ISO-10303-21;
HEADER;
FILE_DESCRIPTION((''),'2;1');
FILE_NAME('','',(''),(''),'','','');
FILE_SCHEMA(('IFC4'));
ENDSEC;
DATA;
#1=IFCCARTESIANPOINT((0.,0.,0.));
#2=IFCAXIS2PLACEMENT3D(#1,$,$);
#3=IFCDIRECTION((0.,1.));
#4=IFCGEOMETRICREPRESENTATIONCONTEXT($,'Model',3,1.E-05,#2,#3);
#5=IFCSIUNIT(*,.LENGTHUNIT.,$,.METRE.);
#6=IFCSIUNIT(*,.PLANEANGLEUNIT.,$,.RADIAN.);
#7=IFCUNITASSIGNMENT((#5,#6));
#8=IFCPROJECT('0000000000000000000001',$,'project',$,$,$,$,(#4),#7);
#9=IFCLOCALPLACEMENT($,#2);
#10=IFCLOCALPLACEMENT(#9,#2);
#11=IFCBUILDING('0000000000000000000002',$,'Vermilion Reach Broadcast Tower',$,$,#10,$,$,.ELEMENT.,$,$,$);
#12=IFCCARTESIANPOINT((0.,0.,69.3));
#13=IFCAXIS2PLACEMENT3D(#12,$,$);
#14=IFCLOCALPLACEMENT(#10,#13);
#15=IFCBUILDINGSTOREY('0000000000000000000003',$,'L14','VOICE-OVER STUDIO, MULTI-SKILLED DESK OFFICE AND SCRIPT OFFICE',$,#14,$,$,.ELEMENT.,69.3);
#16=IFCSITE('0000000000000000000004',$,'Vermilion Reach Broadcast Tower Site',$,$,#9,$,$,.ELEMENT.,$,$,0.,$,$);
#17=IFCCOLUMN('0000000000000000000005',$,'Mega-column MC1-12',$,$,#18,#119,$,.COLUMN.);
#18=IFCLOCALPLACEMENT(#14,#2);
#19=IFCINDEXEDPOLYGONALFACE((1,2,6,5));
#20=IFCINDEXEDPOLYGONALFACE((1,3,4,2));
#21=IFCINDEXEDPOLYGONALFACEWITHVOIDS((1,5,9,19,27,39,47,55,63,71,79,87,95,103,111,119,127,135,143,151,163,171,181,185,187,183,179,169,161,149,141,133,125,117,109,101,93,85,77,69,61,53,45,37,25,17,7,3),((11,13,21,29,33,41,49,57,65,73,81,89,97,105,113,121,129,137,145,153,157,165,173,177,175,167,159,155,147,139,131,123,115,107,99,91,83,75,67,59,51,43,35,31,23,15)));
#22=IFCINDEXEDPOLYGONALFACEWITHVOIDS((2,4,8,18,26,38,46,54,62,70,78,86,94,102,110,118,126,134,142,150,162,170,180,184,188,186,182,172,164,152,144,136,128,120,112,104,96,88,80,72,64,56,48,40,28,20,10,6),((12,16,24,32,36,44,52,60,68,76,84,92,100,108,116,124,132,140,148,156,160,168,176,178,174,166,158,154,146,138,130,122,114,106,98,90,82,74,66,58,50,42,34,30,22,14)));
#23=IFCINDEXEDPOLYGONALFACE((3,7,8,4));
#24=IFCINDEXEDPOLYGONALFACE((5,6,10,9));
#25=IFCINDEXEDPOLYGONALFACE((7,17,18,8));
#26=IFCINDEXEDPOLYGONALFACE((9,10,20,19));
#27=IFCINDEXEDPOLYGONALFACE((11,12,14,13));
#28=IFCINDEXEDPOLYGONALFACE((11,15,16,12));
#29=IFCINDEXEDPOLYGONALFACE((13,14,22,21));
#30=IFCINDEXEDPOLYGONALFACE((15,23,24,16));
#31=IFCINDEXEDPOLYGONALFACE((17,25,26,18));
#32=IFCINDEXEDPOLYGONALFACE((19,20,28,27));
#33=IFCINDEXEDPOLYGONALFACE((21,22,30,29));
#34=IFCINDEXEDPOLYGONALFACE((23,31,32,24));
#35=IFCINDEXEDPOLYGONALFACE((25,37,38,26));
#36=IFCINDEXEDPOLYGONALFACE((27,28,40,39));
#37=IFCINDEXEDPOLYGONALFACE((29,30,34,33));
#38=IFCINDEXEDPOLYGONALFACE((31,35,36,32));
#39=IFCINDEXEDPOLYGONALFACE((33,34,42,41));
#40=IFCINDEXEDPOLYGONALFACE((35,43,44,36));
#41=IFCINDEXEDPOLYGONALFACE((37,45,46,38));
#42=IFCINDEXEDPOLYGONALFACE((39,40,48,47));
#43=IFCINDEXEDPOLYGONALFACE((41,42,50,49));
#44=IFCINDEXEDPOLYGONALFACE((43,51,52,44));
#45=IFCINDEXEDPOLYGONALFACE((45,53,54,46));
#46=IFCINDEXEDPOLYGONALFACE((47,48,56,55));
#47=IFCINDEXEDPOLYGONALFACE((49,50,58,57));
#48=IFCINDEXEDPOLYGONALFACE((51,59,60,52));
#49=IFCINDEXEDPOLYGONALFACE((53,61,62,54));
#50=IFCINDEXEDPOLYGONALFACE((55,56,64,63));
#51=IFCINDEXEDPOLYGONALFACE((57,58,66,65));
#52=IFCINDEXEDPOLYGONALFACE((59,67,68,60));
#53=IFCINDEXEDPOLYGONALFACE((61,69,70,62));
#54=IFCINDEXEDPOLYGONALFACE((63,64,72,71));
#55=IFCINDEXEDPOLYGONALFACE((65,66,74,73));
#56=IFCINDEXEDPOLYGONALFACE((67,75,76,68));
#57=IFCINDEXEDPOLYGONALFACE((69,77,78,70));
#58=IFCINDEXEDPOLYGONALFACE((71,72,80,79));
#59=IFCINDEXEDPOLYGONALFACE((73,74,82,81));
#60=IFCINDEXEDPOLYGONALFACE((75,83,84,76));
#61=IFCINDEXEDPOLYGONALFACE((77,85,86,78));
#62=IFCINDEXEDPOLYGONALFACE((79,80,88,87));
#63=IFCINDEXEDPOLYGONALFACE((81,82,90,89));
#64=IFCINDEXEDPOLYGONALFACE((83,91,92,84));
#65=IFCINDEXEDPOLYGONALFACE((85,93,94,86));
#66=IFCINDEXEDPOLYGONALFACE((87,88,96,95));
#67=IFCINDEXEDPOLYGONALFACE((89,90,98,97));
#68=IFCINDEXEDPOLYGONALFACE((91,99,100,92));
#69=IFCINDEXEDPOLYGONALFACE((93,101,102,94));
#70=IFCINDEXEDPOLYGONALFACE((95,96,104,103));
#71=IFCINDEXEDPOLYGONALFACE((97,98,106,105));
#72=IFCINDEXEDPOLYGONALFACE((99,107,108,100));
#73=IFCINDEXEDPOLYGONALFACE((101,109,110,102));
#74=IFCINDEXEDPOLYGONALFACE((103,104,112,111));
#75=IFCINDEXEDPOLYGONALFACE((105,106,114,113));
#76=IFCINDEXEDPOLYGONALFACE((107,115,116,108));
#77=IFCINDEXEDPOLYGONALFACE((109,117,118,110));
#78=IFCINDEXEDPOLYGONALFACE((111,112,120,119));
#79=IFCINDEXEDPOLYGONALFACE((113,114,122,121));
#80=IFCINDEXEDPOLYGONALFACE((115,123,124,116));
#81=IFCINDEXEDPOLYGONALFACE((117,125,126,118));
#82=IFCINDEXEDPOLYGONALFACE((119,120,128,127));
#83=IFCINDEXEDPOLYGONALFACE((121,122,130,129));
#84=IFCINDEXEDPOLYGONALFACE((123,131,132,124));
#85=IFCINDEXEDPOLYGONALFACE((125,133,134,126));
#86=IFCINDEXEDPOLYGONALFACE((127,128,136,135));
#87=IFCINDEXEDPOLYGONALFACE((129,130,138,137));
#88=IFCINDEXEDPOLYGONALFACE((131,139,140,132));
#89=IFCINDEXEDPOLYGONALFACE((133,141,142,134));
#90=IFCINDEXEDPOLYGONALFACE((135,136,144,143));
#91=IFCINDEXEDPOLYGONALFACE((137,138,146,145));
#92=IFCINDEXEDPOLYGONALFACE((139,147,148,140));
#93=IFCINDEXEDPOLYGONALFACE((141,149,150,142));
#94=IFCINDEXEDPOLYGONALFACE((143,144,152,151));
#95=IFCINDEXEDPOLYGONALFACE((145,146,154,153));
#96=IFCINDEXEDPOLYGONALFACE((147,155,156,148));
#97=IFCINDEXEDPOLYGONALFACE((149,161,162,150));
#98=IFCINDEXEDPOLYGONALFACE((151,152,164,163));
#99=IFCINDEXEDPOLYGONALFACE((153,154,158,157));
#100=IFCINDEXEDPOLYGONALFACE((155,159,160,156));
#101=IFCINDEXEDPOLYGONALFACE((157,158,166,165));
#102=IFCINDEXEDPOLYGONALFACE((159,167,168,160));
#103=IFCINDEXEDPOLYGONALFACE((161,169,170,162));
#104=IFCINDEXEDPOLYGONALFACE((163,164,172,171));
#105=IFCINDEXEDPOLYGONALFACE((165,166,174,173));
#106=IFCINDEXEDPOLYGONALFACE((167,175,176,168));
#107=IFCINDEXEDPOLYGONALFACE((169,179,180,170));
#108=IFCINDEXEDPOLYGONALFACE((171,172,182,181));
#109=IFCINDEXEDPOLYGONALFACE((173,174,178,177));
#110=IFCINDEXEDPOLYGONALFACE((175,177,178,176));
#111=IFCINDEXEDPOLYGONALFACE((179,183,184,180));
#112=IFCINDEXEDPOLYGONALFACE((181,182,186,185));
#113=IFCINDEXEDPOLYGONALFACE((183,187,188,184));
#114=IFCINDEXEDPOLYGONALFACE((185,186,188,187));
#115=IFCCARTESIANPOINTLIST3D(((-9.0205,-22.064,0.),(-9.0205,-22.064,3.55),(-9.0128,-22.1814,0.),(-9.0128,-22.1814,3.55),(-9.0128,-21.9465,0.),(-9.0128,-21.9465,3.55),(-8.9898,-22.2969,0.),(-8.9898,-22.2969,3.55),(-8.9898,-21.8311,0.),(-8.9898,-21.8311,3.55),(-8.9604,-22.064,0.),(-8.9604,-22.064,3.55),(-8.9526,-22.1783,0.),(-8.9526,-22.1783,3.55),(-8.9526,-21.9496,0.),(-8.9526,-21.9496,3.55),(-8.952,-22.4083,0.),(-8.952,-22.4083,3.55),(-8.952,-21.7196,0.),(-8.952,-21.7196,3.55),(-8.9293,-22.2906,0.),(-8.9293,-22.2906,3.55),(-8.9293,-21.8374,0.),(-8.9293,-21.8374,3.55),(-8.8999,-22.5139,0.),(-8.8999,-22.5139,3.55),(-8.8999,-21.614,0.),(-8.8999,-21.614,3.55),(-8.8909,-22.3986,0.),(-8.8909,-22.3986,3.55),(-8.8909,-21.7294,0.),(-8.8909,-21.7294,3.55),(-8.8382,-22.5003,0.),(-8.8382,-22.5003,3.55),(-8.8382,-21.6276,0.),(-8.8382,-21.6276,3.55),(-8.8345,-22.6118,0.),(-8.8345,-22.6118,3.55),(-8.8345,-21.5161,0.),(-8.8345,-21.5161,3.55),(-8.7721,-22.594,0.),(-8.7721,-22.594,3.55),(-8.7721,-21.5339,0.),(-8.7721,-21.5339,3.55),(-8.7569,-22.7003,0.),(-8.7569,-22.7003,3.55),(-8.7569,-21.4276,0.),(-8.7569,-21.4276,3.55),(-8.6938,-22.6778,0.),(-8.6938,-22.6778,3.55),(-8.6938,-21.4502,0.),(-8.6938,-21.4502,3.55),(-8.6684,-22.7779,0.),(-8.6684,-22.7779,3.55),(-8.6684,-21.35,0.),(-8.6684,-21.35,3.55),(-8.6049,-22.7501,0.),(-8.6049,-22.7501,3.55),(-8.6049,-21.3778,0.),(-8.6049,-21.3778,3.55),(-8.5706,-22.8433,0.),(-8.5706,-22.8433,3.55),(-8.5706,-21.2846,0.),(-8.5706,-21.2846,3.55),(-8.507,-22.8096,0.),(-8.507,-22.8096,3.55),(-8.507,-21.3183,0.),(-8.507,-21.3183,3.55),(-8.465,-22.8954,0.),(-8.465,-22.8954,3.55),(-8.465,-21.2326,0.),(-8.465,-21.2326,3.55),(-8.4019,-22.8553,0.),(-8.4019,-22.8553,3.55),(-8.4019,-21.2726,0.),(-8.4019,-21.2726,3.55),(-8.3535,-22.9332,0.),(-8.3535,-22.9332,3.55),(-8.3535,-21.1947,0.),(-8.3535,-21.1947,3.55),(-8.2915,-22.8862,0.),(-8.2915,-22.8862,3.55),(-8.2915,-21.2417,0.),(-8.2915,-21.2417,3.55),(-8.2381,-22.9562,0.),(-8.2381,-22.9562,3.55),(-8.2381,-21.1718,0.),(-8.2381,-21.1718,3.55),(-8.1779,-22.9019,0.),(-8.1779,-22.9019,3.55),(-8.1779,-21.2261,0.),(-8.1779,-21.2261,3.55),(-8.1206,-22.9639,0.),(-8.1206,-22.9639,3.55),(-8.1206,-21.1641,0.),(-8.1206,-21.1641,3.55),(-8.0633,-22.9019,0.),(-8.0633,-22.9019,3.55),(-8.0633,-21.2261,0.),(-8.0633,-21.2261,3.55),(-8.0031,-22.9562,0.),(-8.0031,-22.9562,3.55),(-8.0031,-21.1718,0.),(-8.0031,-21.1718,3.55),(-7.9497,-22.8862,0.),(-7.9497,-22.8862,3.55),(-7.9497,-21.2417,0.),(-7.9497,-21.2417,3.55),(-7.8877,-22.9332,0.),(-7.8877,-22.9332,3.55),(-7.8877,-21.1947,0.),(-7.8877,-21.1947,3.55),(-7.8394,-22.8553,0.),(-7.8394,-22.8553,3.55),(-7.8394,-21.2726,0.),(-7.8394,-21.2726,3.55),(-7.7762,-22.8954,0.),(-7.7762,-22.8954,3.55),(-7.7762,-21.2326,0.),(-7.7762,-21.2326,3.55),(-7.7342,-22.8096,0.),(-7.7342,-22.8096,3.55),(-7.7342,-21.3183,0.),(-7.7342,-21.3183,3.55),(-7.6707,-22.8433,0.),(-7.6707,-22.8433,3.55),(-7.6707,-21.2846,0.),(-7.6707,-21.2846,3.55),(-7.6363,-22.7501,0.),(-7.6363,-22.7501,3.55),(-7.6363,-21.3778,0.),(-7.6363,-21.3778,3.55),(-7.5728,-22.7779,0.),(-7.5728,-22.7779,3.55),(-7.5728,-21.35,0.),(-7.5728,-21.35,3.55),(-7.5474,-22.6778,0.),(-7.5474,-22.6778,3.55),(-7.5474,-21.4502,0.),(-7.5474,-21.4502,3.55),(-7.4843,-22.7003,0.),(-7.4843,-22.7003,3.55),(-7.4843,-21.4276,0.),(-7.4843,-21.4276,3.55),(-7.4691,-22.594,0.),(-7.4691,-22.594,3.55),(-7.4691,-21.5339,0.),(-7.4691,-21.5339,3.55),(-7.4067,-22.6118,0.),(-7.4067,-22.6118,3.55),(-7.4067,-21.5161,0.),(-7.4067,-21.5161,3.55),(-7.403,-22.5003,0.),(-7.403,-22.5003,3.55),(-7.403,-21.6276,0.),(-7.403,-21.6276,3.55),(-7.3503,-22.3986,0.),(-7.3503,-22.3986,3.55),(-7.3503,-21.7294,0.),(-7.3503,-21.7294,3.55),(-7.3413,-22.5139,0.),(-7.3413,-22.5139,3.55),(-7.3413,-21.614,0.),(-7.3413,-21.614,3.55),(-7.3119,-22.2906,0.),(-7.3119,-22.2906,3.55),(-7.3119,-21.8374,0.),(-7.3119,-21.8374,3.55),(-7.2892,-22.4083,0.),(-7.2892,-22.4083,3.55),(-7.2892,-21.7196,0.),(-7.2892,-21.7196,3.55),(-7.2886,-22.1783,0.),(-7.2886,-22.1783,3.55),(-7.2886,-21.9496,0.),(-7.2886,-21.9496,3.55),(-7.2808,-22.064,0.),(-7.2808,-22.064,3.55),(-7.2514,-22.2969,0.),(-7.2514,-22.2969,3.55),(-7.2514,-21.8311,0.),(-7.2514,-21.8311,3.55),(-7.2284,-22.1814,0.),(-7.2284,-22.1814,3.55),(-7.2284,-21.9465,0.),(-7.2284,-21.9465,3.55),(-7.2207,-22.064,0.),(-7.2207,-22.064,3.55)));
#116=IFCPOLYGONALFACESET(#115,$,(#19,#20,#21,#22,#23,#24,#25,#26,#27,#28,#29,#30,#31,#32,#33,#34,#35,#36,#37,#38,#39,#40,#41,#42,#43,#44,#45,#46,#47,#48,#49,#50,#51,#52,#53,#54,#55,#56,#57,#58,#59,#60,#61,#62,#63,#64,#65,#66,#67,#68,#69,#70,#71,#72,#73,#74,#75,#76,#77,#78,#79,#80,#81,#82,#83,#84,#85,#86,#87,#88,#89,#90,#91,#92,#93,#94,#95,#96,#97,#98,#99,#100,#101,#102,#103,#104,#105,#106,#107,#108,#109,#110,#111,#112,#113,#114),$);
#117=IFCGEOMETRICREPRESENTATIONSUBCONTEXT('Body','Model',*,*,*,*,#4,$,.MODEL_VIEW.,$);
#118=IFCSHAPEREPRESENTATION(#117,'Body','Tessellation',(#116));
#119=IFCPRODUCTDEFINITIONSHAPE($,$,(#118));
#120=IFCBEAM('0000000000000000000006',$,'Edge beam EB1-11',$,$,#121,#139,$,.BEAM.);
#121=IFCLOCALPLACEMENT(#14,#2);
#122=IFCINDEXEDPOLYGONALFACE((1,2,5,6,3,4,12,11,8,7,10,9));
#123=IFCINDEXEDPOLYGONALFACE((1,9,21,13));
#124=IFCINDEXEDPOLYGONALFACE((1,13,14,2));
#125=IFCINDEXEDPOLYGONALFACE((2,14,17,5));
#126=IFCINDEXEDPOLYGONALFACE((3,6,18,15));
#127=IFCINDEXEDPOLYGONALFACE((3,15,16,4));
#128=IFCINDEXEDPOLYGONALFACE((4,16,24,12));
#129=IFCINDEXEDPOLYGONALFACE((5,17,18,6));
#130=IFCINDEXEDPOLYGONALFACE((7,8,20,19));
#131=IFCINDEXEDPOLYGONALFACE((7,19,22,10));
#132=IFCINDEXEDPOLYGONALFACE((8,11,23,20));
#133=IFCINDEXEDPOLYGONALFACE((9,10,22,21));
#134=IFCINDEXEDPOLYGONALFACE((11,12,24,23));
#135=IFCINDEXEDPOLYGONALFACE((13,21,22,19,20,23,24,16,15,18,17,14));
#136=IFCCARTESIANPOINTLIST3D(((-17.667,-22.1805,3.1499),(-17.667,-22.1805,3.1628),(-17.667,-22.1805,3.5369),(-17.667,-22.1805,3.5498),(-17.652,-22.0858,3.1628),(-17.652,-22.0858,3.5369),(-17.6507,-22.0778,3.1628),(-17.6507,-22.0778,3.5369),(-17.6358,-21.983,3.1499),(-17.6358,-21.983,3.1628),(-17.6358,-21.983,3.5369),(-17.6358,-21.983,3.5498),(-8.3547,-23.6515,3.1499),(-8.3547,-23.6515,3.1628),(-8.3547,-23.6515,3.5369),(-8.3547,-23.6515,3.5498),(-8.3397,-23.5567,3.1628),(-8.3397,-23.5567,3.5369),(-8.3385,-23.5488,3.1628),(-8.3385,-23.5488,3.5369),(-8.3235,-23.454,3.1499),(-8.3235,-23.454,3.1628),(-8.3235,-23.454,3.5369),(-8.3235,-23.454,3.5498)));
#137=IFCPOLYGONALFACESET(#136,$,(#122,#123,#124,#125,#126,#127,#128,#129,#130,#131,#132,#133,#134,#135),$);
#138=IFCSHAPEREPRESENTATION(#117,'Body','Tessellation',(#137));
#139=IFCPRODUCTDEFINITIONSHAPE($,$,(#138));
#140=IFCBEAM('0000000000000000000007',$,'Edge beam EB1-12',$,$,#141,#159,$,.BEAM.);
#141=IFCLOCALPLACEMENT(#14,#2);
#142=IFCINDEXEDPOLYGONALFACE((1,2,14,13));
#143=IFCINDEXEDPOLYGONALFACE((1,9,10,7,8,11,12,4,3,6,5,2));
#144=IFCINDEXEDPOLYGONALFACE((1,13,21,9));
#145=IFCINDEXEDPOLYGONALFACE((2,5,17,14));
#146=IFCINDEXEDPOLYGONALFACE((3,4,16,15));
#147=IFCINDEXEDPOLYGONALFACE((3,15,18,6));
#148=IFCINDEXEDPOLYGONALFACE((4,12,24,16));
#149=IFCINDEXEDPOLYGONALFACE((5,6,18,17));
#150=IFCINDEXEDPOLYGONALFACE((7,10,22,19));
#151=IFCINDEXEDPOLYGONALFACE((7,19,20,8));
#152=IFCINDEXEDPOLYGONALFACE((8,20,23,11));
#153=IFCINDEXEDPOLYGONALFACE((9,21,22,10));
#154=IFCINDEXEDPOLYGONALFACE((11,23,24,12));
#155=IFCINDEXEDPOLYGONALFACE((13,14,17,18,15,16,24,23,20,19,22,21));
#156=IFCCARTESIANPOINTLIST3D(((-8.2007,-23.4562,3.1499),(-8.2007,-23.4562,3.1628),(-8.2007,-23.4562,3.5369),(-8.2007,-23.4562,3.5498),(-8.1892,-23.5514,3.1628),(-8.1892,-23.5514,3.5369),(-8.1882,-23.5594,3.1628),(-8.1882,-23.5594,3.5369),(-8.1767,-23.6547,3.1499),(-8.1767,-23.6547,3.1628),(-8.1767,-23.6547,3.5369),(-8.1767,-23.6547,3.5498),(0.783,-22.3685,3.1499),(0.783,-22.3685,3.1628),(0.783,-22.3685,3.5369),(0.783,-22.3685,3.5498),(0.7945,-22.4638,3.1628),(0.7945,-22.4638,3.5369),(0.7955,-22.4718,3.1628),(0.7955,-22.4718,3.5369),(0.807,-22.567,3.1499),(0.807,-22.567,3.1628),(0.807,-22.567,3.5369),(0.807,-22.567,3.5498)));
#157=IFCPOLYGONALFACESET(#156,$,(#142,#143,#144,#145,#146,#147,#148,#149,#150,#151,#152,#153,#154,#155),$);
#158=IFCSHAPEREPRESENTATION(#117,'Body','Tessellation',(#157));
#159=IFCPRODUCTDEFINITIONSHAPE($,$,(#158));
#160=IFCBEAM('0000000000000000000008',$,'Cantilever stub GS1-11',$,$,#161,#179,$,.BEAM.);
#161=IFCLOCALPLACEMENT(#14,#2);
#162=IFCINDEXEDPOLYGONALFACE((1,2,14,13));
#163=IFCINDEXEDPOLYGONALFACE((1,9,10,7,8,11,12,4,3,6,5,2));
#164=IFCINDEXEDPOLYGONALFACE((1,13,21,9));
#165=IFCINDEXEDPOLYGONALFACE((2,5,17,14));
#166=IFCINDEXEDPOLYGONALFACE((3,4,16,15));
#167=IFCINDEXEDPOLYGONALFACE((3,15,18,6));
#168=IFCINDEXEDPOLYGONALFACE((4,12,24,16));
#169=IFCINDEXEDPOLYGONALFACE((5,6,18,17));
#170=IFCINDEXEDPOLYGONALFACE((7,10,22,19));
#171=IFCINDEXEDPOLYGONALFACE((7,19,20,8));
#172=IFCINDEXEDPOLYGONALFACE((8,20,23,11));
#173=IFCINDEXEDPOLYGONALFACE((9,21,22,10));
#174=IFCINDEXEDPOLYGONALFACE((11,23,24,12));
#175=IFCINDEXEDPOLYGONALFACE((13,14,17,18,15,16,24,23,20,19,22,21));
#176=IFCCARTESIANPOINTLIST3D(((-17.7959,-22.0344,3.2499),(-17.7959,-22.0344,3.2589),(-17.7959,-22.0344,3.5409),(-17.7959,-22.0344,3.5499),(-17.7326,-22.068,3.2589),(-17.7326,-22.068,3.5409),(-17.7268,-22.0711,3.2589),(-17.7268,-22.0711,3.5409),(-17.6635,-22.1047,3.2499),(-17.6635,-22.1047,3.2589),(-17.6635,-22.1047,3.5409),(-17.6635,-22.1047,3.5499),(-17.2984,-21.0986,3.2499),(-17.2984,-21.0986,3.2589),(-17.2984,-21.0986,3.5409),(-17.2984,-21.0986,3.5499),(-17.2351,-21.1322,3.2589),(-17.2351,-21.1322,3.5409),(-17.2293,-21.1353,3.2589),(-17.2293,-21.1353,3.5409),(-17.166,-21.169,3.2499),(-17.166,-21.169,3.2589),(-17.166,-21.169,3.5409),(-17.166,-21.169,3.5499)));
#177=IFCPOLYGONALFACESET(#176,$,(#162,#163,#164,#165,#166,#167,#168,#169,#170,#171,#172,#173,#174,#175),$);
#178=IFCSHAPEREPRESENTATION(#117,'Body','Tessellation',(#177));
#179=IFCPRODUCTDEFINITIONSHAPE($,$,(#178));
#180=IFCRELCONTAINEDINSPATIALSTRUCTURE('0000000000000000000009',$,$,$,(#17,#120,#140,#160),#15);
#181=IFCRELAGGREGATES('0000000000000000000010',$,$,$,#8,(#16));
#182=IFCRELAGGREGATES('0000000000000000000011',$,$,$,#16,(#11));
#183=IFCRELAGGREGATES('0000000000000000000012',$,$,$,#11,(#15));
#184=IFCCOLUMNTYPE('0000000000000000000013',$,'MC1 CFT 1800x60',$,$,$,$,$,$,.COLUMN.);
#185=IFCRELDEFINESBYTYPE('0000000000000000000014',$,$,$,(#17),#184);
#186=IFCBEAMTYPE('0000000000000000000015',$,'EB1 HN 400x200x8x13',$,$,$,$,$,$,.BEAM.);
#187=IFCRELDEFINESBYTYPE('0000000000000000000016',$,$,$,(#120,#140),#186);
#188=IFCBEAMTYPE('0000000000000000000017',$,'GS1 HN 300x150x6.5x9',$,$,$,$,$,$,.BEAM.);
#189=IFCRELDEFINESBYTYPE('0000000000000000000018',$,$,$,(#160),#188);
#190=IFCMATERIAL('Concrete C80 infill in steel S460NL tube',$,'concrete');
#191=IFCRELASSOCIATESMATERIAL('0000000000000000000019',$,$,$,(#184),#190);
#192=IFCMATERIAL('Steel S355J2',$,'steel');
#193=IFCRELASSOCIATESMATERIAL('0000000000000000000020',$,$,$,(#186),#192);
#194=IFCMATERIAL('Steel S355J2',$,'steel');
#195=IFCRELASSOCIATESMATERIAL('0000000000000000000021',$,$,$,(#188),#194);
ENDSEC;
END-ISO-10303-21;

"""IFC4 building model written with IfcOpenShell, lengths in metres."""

from ifc_helpers import new_model, si_unit, direction, frame, origin, origin_2d, place, context, subcontext, project, spatial, hollow_circle, i_section, extrude, material, material_profile, profile_set, type_object, element, save


model = new_model("IFC4")

# Units and contexts
model_context = context("Model", 3, precision=1e-05, world=origin(), true_north=direction((0.0, 1.0)))
body_context = subcontext(model_context, "Body", "Model", "MODEL_VIEW")
ifc_project = project(units=[si_unit("LENGTHUNIT", "METRE"), si_unit("PLANEANGLEUNIT", "RADIAN")], contexts=[model_context])

# Site, building, storey
site_placement = place(None, origin())
site = spatial("IfcSite", under=ifc_project, at=site_placement, Name="Vermilion Reach Broadcast Tower Site", CompositionType="ELEMENT", RefElevation=0.0)
building_placement = place(site_placement, origin())
building = spatial("IfcBuilding", under=site, at=building_placement, Name="Vermilion Reach Broadcast Tower", CompositionType="ELEMENT")
storey_placement = place(building_placement, frame((0.0, 0.0, 69.3)))
storey = spatial("IfcBuildingStorey", under=building, at=storey_placement, Name="L14", Description="VOICE-OVER STUDIO, MULTI-SKILLED DESK OFFICE AND SCRIPT OFFICE", CompositionType="ELEMENT", Elevation=69.3)

# Column
ifc_material_1 = material(Name="Concrete C80 infill in steel S460NL tube", Category="concrete")
ifc_material_profile_1 = material_profile(ifc_material_1, hollow_circle(Radius=0.8999, WallThickness=0.0601, at=origin_2d()), Name="Concrete C80 infill in steel S460NL tube CFT 1800x60")
ifc_profile_set_1 = profile_set([ifc_material_profile_1], Name="Concrete C80 infill in steel S460NL tube")
column_type = type_object("IfcColumnType", Name="MC1 CFT 1800x60", PredefinedType="COLUMN", material=ifc_profile_set_1)
for number, where, z_axis, x_axis, name in (
    (1, (-8.1206, -22.064, 0.0), (0.0, 0.0, 1.0), (1.0, 0.0, 0.0), "Mega-column MC1-12"),
):
    element("IfcColumn", number, at=place(storey_placement, frame(where, z_axis=z_axis, x_axis=x_axis)), inside=storey, type_object=column_type, Name=name, PredefinedType="COLUMN", context=body_context, shape_type="SweptSolid", body=[
        extrude(hollow_circle(Radius=0.8999, WallThickness=0.0601, at=origin_2d()), origin(), (0.0, 0.0, 1.0), 3.55),
    ])

# Beams
ifc_material_2 = material(Name="Steel S355J2", Category="steel")
ifc_material_profile_2 = material_profile(ifc_material_2, i_section(OverallWidth=0.2, OverallDepth=0.3999, WebThickness=0.0081, FlangeThickness=0.0129, at=origin_2d()), Name="S355J2 HN 400x200x8x13")
ifc_profile_set_2 = profile_set([ifc_material_profile_2], Name="Steel S355J2")
beam_type_1 = type_object("IfcBeamType", Name="EB1 HN 400x200x8x13", PredefinedType="BEAM", material=ifc_profile_set_2)
beam_1_placement = place(storey_placement, frame((-17.6514, -22.0818, 3.3499), z_axis=(0.987753, -0.156024, 0.0), x_axis=(0.156024, 0.987753, 0.0)))
element("IfcBeam", 2, at=beam_1_placement, inside=storey, type_object=beam_type_1, Name="Edge beam EB1-11", PredefinedType="BEAM", context=body_context, shape_type="SweptSolid", body=[
    extrude(i_section(OverallWidth=0.2, OverallDepth=0.3999, WebThickness=0.0081, FlangeThickness=0.0129, at=origin_2d()), origin(), (0.0, 0.0, 1.0), 9.4277),
])
beam_2_placement = place(storey_placement, frame((-8.1887, -23.5554, 3.3499), z_axis=(0.992751, 0.120192, 0.0), x_axis=(-0.120192, 0.992751, 0.0)))
element("IfcBeam", 3, at=beam_2_placement, inside=storey, type_object=beam_type_1, Name="Edge beam EB1-12", PredefinedType="BEAM", context=body_context, shape_type="SweptSolid", body=[
    extrude(i_section(OverallWidth=0.2, OverallDepth=0.3999, WebThickness=0.0081, FlangeThickness=0.0129, at=origin_2d()), origin(), (0.0, 0.0, 1.0), 9.0493),
])
ifc_material_3 = material(Name="Steel S355J2", Category="steel")
ifc_material_profile_3 = material_profile(ifc_material_3, i_section(OverallWidth=0.1499, OverallDepth=0.3, WebThickness=0.0066, FlangeThickness=0.009, at=origin_2d()), Name="S355J2 HN 300x150x6.5x9")
ifc_profile_set_3 = profile_set([ifc_material_profile_3], Name="Steel S355J2")
beam_type_2 = type_object("IfcBeamType", Name="GS1 HN 300x150x6.5x9", PredefinedType="BEAM", material=ifc_profile_set_3)
beam_3_placement = place(storey_placement, frame((-17.2322, -21.1338, 3.3999), z_axis=(-0.469464, -0.882952, 0.0), x_axis=(0.882952, -0.469464, 0.0)))
element("IfcBeam", 4, at=beam_3_placement, inside=storey, type_object=beam_type_2, Name="Cantilever stub GS1-11", PredefinedType="BEAM", context=body_context, shape_type="SweptSolid", body=[
    extrude(i_section(OverallWidth=0.1499, OverallDepth=0.3, WebThickness=0.0066, FlangeThickness=0.009, at=origin_2d()), origin(), (0.0, 0.0, 1.0), 1.0598),
])

save(model, "model.ifc")
